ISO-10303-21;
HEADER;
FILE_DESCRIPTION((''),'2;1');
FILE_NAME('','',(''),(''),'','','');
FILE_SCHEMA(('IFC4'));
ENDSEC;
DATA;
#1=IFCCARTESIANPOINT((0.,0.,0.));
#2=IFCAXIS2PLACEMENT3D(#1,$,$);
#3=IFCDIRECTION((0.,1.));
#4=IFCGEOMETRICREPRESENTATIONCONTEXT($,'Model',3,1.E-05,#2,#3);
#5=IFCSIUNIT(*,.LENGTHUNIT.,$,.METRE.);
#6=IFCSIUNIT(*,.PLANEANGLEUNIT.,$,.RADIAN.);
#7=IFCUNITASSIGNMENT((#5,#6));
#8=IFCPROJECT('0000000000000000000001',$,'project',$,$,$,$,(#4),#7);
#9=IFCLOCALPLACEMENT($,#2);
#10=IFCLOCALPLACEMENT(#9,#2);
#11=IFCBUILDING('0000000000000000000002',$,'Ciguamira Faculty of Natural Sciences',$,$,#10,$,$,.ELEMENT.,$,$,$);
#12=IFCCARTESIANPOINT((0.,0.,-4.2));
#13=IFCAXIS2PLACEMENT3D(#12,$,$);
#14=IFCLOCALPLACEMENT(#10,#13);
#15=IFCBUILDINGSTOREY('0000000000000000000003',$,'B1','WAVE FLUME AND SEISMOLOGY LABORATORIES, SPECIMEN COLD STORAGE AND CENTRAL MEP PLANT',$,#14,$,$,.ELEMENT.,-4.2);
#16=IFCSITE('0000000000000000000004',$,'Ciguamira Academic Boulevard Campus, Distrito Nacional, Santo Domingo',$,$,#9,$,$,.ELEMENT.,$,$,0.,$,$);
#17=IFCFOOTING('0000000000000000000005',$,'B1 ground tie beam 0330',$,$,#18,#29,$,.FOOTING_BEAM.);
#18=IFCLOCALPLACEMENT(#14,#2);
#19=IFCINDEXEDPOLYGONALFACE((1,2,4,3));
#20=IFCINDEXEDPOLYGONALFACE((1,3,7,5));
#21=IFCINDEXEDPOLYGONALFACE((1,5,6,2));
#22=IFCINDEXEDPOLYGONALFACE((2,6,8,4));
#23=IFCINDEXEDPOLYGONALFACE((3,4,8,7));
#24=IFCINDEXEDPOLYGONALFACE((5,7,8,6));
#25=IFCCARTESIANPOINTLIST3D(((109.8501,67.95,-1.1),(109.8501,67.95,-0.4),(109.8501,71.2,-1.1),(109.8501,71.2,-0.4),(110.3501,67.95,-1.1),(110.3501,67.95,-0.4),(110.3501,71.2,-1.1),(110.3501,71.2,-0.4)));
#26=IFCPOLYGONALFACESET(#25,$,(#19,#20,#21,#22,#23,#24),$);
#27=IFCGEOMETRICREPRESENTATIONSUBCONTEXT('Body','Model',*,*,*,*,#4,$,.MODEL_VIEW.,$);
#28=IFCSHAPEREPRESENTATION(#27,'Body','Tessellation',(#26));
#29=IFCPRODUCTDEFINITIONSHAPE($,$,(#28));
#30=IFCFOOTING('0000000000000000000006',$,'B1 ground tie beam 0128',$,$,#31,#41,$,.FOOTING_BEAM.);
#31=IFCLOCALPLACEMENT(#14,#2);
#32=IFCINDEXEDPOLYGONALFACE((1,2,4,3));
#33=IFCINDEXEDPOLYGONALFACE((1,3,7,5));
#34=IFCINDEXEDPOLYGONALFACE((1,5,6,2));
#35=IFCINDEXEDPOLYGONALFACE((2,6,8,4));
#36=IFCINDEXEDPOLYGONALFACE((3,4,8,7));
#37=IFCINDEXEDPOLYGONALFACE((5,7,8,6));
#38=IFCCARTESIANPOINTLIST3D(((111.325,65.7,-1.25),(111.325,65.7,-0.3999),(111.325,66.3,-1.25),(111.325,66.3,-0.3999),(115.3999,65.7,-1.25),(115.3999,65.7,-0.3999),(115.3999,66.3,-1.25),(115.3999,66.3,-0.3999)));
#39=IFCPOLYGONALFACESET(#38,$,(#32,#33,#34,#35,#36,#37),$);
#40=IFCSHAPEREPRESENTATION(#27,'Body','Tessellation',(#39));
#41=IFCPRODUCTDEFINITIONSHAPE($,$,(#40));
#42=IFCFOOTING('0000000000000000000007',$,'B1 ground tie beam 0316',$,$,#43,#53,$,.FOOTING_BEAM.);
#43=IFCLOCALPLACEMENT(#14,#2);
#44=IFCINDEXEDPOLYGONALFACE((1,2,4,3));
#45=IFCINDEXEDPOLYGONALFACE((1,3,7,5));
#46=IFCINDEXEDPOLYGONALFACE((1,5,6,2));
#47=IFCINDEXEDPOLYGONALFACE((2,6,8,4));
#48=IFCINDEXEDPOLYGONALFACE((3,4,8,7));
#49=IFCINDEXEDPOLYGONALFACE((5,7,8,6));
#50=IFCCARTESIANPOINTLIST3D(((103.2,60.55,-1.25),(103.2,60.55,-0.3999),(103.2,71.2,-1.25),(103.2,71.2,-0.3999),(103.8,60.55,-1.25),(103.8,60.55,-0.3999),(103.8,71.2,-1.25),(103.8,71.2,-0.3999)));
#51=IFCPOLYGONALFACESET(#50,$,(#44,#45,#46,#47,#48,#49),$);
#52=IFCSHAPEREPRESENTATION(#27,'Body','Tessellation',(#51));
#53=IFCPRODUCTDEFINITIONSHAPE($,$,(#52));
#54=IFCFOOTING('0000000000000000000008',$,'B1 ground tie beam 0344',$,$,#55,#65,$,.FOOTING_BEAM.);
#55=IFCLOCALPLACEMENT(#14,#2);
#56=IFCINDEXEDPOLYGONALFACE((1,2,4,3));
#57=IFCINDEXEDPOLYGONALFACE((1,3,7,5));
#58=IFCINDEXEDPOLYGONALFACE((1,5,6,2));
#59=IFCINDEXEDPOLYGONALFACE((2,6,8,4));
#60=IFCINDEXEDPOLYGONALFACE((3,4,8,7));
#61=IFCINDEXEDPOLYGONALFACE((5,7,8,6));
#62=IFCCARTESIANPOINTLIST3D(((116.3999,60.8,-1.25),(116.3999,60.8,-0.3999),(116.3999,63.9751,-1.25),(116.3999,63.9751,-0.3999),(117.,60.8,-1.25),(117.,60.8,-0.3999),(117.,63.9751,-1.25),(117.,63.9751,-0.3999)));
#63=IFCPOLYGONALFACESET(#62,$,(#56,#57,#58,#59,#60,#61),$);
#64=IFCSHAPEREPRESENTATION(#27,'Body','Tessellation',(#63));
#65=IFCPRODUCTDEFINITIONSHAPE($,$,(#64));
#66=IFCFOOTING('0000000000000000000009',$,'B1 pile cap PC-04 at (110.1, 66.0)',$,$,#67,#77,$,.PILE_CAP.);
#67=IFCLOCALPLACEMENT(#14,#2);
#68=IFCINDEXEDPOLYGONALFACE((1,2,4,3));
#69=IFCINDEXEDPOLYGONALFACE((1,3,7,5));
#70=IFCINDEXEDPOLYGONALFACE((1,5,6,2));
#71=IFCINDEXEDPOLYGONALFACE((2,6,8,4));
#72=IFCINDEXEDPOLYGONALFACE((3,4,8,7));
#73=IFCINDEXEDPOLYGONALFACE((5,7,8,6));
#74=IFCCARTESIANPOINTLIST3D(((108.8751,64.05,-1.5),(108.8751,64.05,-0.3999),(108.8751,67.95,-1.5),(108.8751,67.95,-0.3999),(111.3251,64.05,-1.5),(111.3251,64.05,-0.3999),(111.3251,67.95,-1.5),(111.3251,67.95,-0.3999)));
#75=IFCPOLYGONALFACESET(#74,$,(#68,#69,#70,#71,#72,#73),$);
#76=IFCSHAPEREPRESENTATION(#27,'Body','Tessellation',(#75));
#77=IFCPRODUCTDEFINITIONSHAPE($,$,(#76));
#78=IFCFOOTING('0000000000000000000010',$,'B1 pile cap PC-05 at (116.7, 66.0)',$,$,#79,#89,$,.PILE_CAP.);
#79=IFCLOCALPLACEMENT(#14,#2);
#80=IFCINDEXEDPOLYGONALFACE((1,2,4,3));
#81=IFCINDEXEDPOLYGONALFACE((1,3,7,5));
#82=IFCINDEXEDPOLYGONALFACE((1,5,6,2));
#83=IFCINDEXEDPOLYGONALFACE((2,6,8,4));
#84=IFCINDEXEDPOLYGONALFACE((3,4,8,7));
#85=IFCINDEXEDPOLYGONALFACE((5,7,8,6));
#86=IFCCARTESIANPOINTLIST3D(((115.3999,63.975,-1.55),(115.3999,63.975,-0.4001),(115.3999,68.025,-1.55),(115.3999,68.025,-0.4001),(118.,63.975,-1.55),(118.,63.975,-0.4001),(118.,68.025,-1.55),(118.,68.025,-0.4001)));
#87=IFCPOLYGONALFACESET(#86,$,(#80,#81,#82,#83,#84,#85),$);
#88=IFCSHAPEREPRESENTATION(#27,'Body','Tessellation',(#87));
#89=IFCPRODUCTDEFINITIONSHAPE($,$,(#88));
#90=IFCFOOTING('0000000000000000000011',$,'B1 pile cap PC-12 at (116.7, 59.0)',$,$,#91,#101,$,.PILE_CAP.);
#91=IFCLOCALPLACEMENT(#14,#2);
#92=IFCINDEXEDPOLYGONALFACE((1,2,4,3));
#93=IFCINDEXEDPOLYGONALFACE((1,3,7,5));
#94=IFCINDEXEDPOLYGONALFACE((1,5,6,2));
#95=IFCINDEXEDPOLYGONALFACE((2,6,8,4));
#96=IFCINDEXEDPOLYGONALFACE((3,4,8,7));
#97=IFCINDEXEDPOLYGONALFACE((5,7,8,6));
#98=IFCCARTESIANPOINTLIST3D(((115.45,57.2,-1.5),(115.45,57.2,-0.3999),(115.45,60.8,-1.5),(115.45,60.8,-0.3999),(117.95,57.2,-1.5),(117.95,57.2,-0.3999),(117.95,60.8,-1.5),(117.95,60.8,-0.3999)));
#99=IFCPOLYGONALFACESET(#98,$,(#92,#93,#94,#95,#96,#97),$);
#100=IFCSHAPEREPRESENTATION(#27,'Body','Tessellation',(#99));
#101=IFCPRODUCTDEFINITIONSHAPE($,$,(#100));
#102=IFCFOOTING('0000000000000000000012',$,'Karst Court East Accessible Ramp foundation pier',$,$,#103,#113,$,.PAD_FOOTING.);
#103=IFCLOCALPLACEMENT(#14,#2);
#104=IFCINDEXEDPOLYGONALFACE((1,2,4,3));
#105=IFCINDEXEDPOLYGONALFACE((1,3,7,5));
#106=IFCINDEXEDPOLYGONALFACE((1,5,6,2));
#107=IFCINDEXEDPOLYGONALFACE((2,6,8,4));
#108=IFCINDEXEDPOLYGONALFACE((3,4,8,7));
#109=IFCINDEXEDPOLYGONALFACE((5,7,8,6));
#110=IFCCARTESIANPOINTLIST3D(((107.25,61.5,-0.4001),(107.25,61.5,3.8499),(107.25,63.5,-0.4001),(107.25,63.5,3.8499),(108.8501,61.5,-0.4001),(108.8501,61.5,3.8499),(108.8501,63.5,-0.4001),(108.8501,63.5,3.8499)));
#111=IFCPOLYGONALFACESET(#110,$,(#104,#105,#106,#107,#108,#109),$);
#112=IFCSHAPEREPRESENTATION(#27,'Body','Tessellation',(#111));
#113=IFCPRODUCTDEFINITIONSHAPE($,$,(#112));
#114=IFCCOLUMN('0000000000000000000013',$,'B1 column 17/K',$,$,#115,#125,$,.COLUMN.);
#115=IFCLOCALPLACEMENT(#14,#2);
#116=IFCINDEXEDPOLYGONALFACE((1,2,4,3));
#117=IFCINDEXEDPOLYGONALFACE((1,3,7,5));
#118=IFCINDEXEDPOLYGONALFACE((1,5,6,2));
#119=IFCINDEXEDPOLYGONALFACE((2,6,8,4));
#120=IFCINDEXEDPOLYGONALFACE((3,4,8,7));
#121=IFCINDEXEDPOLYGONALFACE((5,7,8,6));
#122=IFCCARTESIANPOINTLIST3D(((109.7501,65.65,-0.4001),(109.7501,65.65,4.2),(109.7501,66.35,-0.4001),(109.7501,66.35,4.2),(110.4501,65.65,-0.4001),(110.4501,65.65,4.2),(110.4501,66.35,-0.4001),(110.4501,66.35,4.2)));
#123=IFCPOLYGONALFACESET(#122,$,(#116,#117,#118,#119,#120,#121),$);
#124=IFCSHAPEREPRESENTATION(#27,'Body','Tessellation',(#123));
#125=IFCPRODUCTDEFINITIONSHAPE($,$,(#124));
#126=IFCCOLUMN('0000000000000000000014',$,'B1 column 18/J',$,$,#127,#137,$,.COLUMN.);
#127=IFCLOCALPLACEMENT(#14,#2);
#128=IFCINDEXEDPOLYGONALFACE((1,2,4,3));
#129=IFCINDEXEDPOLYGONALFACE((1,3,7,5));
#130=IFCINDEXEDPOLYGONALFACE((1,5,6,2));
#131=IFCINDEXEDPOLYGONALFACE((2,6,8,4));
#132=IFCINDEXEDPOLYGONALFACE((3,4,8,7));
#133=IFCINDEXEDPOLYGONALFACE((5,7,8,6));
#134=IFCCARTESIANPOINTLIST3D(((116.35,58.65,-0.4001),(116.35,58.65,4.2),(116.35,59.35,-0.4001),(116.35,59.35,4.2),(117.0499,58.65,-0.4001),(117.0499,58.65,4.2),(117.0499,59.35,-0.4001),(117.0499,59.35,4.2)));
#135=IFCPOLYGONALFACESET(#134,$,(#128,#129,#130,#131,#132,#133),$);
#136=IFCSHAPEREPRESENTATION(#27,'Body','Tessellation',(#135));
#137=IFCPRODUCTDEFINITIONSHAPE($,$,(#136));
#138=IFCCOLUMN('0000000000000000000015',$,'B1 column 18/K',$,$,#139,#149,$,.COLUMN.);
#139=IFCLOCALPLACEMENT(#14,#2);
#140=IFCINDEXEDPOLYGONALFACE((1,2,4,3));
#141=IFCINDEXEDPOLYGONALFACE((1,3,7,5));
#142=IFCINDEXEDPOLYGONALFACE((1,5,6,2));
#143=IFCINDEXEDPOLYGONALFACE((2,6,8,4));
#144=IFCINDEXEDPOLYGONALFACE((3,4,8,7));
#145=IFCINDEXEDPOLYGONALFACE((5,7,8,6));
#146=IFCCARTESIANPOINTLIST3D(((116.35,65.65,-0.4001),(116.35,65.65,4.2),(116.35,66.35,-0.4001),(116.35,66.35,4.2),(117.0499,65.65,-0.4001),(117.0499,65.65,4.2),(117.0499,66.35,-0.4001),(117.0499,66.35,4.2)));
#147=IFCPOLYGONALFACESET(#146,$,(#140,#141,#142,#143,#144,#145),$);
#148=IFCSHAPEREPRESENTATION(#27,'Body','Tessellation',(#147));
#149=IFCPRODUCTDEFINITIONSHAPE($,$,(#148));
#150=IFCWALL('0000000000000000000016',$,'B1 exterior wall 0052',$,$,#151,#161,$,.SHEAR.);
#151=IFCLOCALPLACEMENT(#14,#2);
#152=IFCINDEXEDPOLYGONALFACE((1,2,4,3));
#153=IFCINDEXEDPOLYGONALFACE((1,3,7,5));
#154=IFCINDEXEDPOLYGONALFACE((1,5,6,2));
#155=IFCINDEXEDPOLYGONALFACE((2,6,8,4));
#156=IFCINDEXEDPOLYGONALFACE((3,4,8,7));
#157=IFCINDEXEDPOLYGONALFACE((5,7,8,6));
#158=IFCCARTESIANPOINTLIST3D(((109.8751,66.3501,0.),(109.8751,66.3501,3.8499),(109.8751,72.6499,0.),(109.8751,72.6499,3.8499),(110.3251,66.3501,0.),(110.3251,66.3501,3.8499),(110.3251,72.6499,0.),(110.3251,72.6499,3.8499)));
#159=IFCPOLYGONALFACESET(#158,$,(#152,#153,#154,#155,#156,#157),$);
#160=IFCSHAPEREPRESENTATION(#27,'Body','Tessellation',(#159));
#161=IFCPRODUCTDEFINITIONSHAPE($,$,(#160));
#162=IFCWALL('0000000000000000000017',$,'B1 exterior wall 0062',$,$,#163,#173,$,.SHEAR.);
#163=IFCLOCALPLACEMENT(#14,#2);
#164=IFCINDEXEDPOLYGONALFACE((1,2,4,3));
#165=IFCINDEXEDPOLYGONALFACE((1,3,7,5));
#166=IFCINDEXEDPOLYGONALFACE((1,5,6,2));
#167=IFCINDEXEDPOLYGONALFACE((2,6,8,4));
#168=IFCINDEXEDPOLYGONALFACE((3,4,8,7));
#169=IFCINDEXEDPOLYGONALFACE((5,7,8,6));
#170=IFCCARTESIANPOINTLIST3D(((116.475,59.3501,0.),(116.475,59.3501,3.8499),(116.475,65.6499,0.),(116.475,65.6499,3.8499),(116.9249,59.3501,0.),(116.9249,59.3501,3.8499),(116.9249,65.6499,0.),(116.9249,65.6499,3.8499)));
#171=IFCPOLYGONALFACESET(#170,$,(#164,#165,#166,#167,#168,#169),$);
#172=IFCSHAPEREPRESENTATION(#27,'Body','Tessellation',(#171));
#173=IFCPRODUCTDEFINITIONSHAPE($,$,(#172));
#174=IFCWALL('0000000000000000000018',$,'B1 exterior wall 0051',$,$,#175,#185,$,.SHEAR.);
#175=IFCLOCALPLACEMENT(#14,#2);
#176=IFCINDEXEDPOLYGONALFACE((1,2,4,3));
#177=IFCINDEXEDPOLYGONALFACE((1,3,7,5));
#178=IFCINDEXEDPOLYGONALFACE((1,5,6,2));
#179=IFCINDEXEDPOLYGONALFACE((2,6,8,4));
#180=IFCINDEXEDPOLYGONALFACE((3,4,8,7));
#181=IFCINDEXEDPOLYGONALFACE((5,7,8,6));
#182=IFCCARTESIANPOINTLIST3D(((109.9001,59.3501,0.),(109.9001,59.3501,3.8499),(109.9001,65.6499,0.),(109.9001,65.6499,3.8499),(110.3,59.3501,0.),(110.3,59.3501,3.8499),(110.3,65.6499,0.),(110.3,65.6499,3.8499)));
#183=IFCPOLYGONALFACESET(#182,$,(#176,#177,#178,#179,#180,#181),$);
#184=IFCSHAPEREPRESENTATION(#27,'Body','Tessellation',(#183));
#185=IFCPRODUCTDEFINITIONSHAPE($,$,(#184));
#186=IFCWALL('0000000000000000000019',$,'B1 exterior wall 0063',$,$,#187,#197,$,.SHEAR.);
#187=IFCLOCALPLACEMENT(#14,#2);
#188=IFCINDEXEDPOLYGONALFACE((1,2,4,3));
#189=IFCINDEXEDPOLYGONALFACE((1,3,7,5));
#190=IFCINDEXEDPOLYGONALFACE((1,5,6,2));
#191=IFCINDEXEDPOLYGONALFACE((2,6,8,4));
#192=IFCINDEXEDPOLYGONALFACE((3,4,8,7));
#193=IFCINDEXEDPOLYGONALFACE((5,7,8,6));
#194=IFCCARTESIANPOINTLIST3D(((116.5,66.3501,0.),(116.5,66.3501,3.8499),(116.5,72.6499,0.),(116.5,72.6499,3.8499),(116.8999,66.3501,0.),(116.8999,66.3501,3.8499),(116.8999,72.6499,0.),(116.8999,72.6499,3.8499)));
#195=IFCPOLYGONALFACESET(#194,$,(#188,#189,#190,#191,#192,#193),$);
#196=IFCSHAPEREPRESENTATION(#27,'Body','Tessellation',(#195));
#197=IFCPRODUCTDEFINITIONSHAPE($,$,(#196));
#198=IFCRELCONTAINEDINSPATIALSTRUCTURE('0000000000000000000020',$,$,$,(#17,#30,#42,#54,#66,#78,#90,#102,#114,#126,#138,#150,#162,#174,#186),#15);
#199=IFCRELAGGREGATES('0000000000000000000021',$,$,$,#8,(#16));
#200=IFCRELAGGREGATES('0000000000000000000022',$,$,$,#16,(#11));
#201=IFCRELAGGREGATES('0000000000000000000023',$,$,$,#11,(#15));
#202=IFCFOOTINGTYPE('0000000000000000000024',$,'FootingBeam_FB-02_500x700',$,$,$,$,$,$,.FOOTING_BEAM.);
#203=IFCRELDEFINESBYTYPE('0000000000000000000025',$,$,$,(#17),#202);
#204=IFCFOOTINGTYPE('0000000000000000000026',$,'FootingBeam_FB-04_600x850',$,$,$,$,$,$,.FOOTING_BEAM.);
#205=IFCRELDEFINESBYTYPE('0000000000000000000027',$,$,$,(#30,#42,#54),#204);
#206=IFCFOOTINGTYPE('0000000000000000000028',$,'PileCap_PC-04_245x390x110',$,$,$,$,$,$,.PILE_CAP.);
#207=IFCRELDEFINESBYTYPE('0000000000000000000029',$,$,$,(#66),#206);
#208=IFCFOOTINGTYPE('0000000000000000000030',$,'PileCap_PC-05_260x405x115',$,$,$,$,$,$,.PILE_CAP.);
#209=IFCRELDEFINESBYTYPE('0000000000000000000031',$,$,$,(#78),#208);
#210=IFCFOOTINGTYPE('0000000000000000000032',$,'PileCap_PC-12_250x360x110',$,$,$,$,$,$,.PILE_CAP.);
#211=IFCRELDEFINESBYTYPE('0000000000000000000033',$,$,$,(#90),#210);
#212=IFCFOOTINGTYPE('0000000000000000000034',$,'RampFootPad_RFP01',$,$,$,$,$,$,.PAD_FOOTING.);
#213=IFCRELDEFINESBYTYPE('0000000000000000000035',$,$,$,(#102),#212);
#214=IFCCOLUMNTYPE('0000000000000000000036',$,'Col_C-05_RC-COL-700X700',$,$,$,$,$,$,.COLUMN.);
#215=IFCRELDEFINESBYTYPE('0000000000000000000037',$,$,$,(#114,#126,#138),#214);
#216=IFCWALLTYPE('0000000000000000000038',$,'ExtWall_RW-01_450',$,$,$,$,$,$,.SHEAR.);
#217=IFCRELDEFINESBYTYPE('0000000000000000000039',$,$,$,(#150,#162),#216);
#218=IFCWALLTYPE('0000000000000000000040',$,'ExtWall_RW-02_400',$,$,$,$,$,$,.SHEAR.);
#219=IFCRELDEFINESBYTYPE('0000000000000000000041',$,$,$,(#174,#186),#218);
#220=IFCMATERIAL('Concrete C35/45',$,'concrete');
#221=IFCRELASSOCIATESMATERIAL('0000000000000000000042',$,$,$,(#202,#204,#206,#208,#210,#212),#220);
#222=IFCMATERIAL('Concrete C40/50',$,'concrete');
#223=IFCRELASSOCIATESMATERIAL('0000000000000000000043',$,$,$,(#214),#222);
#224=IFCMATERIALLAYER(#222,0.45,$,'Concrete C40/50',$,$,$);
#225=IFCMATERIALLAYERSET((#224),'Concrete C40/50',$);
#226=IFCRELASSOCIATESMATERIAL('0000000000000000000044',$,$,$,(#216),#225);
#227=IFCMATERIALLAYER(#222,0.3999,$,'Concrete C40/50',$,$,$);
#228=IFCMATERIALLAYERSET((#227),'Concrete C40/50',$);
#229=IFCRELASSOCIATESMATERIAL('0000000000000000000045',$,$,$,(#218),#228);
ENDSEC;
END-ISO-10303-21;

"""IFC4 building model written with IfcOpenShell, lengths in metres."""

from ifc_helpers import new_model, si_unit, direction, frame, frame_2d, origin, origin_2d, place, context, subcontext, project, spatial, rectangle, extrude, material, layer, layer_set, material_profile, profile_set, type_object, element, save


model = new_model("IFC4")

# Units and contexts
model_context = context("Model", 3, precision=1e-05, world=origin(), true_north=direction((0.0, 1.0)))
body_context = subcontext(model_context, "Body", "Model", "MODEL_VIEW")
ifc_project = project(units=[si_unit("LENGTHUNIT", "METRE"), si_unit("PLANEANGLEUNIT", "RADIAN")], contexts=[model_context])

# Site, building, storey
site_placement = place(None, origin())
site = spatial("IfcSite", under=ifc_project, at=site_placement, Name="Ciguamira Academic Boulevard Campus, Distrito Nacional, Santo Domingo", CompositionType="ELEMENT", RefElevation=0.0)
building_placement = place(site_placement, origin())
building = spatial("IfcBuilding", under=site, at=building_placement, Name="Ciguamira Faculty of Natural Sciences", CompositionType="ELEMENT")
storey_placement = place(building_placement, frame((0.0, 0.0, -4.2)))
storey = spatial("IfcBuildingStorey", under=building, at=storey_placement, Name="B1", Description="WAVE FLUME AND SEISMOLOGY LABORATORIES, SPECIMEN COLD STORAGE AND CENTRAL MEP PLANT", CompositionType="ELEMENT", Elevation=-4.2)

# Shared definitions
ifc_material_1 = material(Name="Concrete C35/45", Category="concrete")

# Footings
ifc_material_profile_1 = material_profile(ifc_material_1, rectangle(XDim=0.5, YDim=0.7, at=origin_2d()), Name="RC-FB-500X700")
ifc_profile_set_1 = profile_set([ifc_material_profile_1], Name="Concrete C35/45")
footing_type_1 = type_object("IfcFootingType", Name="FootingBeam_FB-02_500x700", PredefinedType="FOOTING_BEAM", material=ifc_profile_set_1)
footing_1_placement = place(storey_placement, frame((110.1001, 67.95, -0.75), z_axis=(0.0, 1.0, 0.0), x_axis=(-1.0, 0.0, 0.0)))
element("IfcFooting", 1, at=footing_1_placement, inside=storey, type_object=footing_type_1, Name="B1 ground tie beam 0330", PredefinedType="FOOTING_BEAM", context=body_context, shape_type="SweptSolid", body=[
    extrude(rectangle(XDim=0.5, YDim=0.7, at=origin_2d()), origin(), (0.0, 0.0, 1.0), 3.25),
])
ifc_material_profile_2 = material_profile(ifc_material_1, rectangle(XDim=0.6001, YDim=0.8501, at=origin_2d()), Name="RC-FB-600X850")
ifc_profile_set_2 = profile_set([ifc_material_profile_2], Name="Concrete C35/45")
footing_type_2 = type_object("IfcFootingType", Name="FootingBeam_FB-04_600x850", PredefinedType="FOOTING_BEAM", material=ifc_profile_set_2)
footing_2_placement = place(storey_placement, frame((111.325, 66.0, -0.825), z_axis=(1.0, 0.0, 0.0), x_axis=(0.0, 1.0, 0.0)))
element("IfcFooting", 2, at=footing_2_placement, inside=storey, type_object=footing_type_2, Name="B1 ground tie beam 0128", PredefinedType="FOOTING_BEAM", context=body_context, shape_type="SweptSolid", body=[
    extrude(rectangle(XDim=0.6001, YDim=0.8501, at=origin_2d()), origin(), (0.0, 0.0, 1.0), 4.075),
])
footing_3_placement = place(storey_placement, frame((103.5, 60.55, -0.825), z_axis=(0.0, 1.0, 0.0), x_axis=(-1.0, 0.0, 0.0)))
element("IfcFooting", 3, at=footing_3_placement, inside=storey, type_object=footing_type_2, Name="B1 ground tie beam 0316", PredefinedType="FOOTING_BEAM", context=body_context, shape_type="SweptSolid", body=[
    extrude(rectangle(XDim=0.6001, YDim=0.8501, at=origin_2d()), origin(), (0.0, 0.0, 1.0), 10.6499),
])
footing_4_placement = place(storey_placement, frame((116.7, 60.8, -0.825), z_axis=(0.0, 1.0, 0.0), x_axis=(-1.0, 0.0, 0.0)))
element("IfcFooting", 4, at=footing_4_placement, inside=storey, type_object=footing_type_2, Name="B1 ground tie beam 0344", PredefinedType="FOOTING_BEAM", context=body_context, shape_type="SweptSolid", body=[
    extrude(rectangle(XDim=0.6001, YDim=0.8501, at=origin_2d()), origin(), (0.0, 0.0, 1.0), 3.175),
])
footing_type_3 = type_object("IfcFootingType", Name="PileCap_PC-04_245x390x110", PredefinedType="PILE_CAP", material=ifc_material_1)
footing_5_placement = place(storey_placement, frame((110.1001, 66.0, -1.5), z_axis=(0.0, 0.0, 1.0), x_axis=(1.0, 0.0, 0.0)))
element("IfcFooting", 5, at=footing_5_placement, inside=storey, type_object=footing_type_3, Name="B1 pile cap PC-04 at (110.1, 66.0)", PredefinedType="PILE_CAP", context=body_context, shape_type="SweptSolid", body=[
    extrude(rectangle(XDim=2.45, YDim=3.8999, at=origin_2d()), origin(), (0.0, 0.0, 1.0), 1.1001),
])
footing_type_4 = type_object("IfcFootingType", Name="PileCap_PC-05_260x405x115", PredefinedType="PILE_CAP", material=ifc_material_1)
footing_6_placement = place(storey_placement, frame((116.7, 66.0, -1.55), z_axis=(0.0, 0.0, 1.0), x_axis=(1.0, 0.0, 0.0)))
element("IfcFooting", 6, at=footing_6_placement, inside=storey, type_object=footing_type_4, Name="B1 pile cap PC-05 at (116.7, 66.0)", PredefinedType="PILE_CAP", context=body_context, shape_type="SweptSolid", body=[
    extrude(rectangle(XDim=2.6001, YDim=4.05, at=origin_2d()), origin(), (0.0, 0.0, 1.0), 1.1499),
])
footing_type_5 = type_object("IfcFootingType", Name="PileCap_PC-12_250x360x110", PredefinedType="PILE_CAP", material=ifc_material_1)
footing_7_placement = place(storey_placement, frame((116.7, 59.0, -1.5), z_axis=(0.0, 0.0, 1.0), x_axis=(1.0, 0.0, 0.0)))
element("IfcFooting", 7, at=footing_7_placement, inside=storey, type_object=footing_type_5, Name="B1 pile cap PC-12 at (116.7, 59.0)", PredefinedType="PILE_CAP", context=body_context, shape_type="SweptSolid", body=[
    extrude(rectangle(XDim=2.5, YDim=3.6001, at=origin_2d()), origin(), (0.0, 0.0, 1.0), 1.1001),
])
footing_type_6 = type_object("IfcFootingType", Name="RampFootPad_RFP01", PredefinedType="PAD_FOOTING", material=ifc_material_1)
footing_8_placement = place(storey_placement, frame((108.05, 62.5, -0.4001), z_axis=(0.0, 0.0, 1.0), x_axis=(-1.0, 0.0, 0.0)))
element("IfcFooting", 8, at=footing_8_placement, inside=storey, type_object=footing_type_6, Name="Karst Court East Accessible Ramp foundation pier", PredefinedType="PAD_FOOTING", context=body_context, shape_type="SweptSolid", body=[
    extrude(rectangle(XDim=1.6001, YDim=2.0, at=origin_2d()), origin(), (0.0, 0.0, 1.0), 4.25),
])

# Columns
ifc_material_2 = material(Name="Concrete C40/50", Category="concrete")
ifc_material_profile_3 = material_profile(ifc_material_2, rectangle(XDim=0.7, YDim=0.7, at=origin_2d()), Name="RC-COL-700X700")
ifc_profile_set_3 = profile_set([ifc_material_profile_3], Name="Concrete C40/50")
column_type = type_object("IfcColumnType", Name="Col_C-05_RC-COL-700X700", PredefinedType="COLUMN", material=ifc_profile_set_3)
for number, where, z_axis, x_axis, name in (
    (9, (110.1001, 66.0, -0.4001), (0.0, 0.0, 1.0), (1.0, 0.0, 0.0), "B1 column 17/K"),
    (10, (116.7, 59.0, -0.4001), (0.0, 0.0, 1.0), (1.0, 0.0, 0.0), "B1 column 18/J"),
    (11, (116.7, 66.0, -0.4001), (0.0, 0.0, 1.0), (1.0, 0.0, 0.0), "B1 column 18/K"),
):
    element("IfcColumn", number, at=place(storey_placement, frame(where, z_axis=z_axis, x_axis=x_axis)), inside=storey, type_object=column_type, Name=name, PredefinedType="COLUMN", context=body_context, shape_type="SweptSolid", body=[
        extrude(rectangle(XDim=0.7, YDim=0.7, at=origin_2d()), origin(), (0.0, 0.0, 1.0), 4.6001),
    ])

# Walls
ifc_layer_1 = layer(ifc_material_2, 0.45, Name="Concrete C40/50")
ifc_layer_set_1 = layer_set([ifc_layer_1], Name="Concrete C40/50")
wall_type_1 = type_object("IfcWallType", Name="ExtWall_RW-01_450", PredefinedType="SHEAR", material=ifc_layer_set_1)
for number, where, z_axis, x_axis, name in (
    (12, (110.1001, 66.3501, 0.0), (0.0, 0.0, 1.0), (0.0, 1.0, 0.0), "B1 exterior wall 0052"),
    (13, (116.7, 59.3501, 0.0), (0.0, 0.0, 1.0), (0.0, 1.0, 0.0), "B1 exterior wall 0062"),
):
    element("IfcWall", number, at=place(storey_placement, frame(where, z_axis=z_axis, x_axis=x_axis)), inside=storey, type_object=wall_type_1, Name=name, PredefinedType="SHEAR", context=body_context, shape_type="SweptSolid", body=[
        extrude(rectangle(XDim=6.2998, YDim=0.45, at=frame_2d((3.1499, 0.0))), origin(), (0.0, 0.0, 1.0), 3.8499),
    ])
ifc_layer_2 = layer(ifc_material_2, 0.3999, Name="Concrete C40/50")
ifc_layer_set_2 = layer_set([ifc_layer_2], Name="Concrete C40/50")
wall_type_2 = type_object("IfcWallType", Name="ExtWall_RW-02_400", PredefinedType="SHEAR", material=ifc_layer_set_2)
for number, where, z_axis, x_axis, name in (
    (14, (110.1001, 59.3501, 0.0), (0.0, 0.0, 1.0), (0.0, 1.0, 0.0), "B1 exterior wall 0051"),
    (15, (116.7, 66.3501, 0.0), (0.0, 0.0, 1.0), (0.0, 1.0, 0.0), "B1 exterior wall 0063"),
):
    element("IfcWall", number, at=place(storey_placement, frame(where, z_axis=z_axis, x_axis=x_axis)), inside=storey, type_object=wall_type_2, Name=name, PredefinedType="SHEAR", context=body_context, shape_type="SweptSolid", body=[
        extrude(rectangle(XDim=6.2998, YDim=0.3999, at=frame_2d((3.1499, 0.0))), origin(), (0.0, 0.0, 1.0), 3.8499),
    ])

save(model, "model.ifc")
